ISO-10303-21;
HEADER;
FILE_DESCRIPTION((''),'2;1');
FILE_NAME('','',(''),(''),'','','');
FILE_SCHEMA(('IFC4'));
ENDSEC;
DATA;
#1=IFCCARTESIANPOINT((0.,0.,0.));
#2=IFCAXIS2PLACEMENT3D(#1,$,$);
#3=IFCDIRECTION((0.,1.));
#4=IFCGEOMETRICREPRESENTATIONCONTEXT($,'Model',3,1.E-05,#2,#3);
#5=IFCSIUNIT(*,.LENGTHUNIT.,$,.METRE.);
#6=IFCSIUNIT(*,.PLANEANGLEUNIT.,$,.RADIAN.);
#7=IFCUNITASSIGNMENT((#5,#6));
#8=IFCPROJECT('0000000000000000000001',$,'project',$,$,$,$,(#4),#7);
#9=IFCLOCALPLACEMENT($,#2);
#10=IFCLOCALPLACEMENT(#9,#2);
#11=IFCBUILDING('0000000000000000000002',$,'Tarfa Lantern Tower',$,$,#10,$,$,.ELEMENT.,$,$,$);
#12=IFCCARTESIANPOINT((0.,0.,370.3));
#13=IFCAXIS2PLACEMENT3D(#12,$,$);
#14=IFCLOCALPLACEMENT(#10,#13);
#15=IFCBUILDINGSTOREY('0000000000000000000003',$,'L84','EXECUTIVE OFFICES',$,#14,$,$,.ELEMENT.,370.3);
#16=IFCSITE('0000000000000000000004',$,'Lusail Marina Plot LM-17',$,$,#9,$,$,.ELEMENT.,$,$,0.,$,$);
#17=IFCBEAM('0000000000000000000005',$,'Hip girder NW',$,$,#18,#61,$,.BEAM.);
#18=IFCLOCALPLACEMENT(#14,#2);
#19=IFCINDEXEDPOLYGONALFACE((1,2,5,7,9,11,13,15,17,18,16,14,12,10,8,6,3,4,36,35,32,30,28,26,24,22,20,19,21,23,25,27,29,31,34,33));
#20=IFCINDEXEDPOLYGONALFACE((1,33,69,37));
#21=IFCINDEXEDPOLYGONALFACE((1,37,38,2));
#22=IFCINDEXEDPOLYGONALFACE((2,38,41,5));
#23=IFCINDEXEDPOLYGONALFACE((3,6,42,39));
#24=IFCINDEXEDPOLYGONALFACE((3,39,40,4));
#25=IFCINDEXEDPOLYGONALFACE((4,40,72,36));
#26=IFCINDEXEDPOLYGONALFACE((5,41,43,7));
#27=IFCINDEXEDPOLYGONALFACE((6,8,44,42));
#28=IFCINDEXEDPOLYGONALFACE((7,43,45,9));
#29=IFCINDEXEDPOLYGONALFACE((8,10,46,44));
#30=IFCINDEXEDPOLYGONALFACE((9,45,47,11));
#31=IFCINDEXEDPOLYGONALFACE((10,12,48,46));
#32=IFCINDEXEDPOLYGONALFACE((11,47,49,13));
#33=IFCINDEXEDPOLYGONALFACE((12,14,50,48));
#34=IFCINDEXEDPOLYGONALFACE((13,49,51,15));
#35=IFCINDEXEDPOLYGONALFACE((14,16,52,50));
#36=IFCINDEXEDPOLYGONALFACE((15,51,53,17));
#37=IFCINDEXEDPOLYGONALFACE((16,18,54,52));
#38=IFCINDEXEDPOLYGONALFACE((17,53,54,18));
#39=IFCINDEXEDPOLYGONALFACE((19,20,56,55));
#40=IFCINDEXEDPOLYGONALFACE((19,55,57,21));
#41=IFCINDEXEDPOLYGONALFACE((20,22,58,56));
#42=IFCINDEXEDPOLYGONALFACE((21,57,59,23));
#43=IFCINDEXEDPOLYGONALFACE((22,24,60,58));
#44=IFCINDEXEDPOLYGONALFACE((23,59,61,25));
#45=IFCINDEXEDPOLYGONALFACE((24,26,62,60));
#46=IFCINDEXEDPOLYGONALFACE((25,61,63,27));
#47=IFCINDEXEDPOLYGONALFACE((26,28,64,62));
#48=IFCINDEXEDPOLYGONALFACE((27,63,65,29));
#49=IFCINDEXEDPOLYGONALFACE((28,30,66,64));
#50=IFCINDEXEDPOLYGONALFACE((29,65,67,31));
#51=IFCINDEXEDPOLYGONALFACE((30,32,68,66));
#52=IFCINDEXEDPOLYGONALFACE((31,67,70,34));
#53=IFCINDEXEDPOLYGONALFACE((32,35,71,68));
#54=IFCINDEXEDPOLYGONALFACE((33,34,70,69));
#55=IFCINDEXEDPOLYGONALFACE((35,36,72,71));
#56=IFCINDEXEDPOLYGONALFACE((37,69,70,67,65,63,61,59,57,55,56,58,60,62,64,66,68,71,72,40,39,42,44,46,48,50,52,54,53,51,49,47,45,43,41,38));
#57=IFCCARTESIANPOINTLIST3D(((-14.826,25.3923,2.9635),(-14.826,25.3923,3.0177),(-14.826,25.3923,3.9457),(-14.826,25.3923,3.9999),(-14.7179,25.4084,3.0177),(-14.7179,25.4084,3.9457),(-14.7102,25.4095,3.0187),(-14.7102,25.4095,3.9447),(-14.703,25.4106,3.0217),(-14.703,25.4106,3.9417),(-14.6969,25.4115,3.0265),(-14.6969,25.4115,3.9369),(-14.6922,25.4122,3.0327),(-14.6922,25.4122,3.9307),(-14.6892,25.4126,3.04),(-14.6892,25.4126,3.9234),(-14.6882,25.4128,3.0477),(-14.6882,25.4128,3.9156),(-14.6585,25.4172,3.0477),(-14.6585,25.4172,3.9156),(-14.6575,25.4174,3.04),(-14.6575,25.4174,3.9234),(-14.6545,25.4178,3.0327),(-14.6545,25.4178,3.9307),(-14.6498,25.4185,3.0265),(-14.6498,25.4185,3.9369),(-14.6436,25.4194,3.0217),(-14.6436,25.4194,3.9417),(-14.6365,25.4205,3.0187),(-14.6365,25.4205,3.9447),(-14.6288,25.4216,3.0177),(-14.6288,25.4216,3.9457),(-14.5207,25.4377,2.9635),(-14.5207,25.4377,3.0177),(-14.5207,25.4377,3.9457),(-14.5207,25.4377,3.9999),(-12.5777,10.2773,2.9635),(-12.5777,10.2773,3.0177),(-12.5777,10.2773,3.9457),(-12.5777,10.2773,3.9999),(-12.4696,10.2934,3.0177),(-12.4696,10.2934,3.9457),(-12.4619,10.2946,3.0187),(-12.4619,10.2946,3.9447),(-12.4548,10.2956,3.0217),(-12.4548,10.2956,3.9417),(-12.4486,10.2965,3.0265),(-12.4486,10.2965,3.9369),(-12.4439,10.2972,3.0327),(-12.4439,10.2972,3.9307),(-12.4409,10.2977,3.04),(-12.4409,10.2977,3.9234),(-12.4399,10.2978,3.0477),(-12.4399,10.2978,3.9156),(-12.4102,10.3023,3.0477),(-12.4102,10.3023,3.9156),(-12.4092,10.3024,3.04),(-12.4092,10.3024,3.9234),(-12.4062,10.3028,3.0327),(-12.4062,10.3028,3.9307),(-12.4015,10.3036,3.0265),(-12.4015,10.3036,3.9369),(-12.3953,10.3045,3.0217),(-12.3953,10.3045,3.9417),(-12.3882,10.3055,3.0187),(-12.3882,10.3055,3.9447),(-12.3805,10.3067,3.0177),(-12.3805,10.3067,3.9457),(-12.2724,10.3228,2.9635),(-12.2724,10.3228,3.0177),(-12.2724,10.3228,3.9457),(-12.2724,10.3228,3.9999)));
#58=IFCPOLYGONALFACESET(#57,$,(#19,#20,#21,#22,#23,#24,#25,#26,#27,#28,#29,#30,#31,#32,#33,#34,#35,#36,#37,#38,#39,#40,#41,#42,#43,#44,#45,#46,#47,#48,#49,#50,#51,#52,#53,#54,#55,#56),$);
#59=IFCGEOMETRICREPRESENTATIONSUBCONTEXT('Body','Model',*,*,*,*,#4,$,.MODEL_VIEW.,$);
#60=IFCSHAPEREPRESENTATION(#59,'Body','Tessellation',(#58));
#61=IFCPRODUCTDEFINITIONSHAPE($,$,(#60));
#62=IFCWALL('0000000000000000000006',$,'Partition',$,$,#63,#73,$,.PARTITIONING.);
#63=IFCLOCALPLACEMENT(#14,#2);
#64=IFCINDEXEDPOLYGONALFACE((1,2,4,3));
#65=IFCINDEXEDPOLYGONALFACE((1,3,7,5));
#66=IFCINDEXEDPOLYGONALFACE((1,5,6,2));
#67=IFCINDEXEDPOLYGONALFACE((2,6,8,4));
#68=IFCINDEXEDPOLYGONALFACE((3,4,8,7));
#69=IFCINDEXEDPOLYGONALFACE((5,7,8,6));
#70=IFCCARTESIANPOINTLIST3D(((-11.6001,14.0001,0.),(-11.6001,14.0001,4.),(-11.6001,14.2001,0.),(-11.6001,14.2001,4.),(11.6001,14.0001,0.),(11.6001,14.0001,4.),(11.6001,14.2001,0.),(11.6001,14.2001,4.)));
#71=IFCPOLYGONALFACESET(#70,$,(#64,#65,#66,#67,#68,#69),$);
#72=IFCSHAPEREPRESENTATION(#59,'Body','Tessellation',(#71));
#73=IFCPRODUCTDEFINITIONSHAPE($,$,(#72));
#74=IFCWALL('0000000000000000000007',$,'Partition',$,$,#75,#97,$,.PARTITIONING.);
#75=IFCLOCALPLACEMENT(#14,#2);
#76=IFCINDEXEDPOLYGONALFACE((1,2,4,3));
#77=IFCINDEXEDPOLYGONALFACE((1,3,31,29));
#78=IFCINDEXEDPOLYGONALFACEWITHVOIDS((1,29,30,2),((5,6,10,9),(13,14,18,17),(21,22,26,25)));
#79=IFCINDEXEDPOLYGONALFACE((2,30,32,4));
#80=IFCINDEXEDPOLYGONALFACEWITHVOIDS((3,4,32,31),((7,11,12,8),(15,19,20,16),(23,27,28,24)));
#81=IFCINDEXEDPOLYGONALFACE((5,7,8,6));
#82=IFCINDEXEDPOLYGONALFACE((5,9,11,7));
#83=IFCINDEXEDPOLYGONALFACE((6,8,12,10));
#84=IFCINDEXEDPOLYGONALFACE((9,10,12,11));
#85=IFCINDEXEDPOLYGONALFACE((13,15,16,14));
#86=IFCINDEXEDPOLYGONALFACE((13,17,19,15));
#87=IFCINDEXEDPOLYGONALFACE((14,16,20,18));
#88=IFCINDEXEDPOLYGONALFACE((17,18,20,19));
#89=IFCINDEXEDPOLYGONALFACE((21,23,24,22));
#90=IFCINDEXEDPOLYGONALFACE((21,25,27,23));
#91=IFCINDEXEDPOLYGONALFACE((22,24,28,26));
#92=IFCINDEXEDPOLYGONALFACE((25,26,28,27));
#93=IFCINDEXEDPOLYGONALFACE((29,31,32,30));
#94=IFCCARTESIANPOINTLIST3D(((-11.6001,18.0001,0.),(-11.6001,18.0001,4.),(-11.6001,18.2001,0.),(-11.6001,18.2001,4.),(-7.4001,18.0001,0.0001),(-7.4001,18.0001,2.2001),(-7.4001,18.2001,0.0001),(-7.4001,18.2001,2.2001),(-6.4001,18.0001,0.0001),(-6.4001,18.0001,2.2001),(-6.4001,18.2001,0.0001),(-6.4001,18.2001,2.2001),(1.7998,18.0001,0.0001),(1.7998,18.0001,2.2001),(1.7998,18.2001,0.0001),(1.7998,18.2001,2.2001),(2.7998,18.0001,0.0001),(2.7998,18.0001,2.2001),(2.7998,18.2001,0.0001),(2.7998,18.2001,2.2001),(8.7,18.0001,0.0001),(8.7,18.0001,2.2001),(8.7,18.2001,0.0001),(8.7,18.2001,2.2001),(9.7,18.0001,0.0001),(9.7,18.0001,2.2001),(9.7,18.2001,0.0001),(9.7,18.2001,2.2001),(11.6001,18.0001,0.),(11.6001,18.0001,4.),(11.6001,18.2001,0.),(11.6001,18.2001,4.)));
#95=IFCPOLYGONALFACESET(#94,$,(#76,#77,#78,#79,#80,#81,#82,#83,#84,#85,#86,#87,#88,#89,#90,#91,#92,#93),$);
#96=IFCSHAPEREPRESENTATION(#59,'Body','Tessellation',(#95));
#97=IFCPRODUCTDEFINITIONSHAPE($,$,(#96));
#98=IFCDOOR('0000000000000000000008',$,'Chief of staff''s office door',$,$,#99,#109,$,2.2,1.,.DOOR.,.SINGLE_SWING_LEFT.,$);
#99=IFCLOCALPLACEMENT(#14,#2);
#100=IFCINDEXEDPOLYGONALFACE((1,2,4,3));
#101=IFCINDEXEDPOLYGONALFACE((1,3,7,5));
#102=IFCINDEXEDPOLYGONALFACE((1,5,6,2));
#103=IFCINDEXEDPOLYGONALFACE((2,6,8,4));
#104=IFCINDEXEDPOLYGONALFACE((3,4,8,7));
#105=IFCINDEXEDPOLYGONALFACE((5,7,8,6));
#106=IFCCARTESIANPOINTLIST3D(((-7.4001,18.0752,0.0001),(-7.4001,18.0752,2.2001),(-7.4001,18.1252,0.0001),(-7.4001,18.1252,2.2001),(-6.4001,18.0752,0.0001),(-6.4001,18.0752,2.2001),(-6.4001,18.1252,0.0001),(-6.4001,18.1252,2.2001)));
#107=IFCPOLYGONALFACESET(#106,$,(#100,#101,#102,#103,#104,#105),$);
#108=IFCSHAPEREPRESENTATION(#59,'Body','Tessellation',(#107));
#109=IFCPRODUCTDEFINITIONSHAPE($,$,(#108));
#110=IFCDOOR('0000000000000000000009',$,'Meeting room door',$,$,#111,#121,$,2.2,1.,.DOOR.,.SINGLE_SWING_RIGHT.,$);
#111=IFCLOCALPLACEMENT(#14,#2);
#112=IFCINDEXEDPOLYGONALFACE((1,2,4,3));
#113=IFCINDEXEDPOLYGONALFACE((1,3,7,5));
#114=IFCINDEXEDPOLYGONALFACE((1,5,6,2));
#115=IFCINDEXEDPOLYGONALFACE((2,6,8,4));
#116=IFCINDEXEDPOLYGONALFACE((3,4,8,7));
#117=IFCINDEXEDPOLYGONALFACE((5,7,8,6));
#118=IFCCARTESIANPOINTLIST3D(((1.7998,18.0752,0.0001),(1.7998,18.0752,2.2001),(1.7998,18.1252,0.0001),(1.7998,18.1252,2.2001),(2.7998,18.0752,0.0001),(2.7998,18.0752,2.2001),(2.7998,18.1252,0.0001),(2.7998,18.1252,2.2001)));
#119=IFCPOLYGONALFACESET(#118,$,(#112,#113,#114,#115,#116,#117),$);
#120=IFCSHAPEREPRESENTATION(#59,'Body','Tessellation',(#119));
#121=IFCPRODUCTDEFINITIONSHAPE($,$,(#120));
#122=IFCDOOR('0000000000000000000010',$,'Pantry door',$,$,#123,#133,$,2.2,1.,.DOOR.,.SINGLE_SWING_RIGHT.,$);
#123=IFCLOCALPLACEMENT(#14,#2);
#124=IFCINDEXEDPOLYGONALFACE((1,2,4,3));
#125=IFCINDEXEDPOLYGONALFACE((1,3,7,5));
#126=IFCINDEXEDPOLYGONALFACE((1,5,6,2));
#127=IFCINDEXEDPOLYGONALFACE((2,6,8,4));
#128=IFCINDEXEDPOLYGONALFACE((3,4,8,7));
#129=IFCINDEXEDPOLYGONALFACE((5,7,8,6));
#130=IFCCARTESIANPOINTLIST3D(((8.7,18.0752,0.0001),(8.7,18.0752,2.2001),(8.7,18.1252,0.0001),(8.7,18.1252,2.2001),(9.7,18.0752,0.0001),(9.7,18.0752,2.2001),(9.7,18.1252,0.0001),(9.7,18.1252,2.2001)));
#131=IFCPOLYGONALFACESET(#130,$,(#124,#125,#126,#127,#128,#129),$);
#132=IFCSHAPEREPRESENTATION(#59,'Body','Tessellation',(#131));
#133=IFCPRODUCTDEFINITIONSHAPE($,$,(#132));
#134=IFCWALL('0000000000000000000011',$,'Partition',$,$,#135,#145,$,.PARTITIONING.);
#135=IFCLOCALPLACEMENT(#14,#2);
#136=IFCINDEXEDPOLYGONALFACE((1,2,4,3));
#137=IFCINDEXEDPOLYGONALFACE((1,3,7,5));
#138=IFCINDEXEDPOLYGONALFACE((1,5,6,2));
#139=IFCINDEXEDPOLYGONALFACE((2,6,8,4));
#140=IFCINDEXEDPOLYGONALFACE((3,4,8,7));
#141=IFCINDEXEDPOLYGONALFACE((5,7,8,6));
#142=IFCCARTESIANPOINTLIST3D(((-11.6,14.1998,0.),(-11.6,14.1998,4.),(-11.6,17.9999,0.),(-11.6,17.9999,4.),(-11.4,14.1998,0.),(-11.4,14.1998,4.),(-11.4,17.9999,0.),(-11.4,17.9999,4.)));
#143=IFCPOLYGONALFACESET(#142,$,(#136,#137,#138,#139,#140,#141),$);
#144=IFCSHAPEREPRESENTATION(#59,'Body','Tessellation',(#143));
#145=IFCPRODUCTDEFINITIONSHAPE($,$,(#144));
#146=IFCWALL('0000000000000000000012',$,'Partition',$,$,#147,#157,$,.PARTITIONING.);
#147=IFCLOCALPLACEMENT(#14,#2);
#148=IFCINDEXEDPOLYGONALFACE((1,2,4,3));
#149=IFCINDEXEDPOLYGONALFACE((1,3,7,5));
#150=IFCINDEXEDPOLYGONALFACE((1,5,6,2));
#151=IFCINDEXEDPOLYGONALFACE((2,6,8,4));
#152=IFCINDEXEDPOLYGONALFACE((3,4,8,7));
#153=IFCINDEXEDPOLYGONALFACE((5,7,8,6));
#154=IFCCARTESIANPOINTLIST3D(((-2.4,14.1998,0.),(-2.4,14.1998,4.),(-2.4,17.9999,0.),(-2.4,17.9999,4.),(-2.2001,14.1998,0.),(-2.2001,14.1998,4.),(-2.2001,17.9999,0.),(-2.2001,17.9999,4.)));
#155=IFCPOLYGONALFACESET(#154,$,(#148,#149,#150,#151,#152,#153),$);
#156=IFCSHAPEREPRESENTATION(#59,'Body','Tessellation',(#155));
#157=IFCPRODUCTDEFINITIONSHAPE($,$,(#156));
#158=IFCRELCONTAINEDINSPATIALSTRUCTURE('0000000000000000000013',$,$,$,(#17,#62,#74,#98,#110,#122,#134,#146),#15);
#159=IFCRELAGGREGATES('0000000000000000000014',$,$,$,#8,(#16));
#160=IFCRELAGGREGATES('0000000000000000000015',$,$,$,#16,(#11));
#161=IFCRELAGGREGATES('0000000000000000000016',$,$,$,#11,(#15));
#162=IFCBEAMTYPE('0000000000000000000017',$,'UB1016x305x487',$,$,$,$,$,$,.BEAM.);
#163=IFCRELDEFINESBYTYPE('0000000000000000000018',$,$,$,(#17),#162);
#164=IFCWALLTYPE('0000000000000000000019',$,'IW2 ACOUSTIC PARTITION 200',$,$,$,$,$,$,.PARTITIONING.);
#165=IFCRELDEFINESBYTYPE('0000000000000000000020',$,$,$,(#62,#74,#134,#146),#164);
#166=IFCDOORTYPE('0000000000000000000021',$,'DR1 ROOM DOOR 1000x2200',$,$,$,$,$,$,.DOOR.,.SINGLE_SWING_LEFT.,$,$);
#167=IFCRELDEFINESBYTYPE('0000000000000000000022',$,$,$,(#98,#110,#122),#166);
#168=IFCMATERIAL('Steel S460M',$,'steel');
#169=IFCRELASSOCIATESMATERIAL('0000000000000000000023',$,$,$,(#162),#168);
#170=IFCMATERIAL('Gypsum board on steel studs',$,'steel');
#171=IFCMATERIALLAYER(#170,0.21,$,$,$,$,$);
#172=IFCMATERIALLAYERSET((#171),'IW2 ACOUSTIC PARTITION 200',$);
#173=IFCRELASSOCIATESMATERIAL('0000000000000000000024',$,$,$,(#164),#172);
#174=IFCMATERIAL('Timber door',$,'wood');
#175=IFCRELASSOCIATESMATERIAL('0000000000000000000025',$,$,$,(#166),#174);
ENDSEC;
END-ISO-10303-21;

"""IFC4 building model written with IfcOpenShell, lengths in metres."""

from ifc_helpers import new_model, si_unit, direction, frame, frame_2d, origin, origin_2d, place, context, subcontext, project, spatial, rectangle, i_section, extrude, material, layer, layer_set, material_profile, profile_set, type_object, element, fill, save


model = new_model("IFC4")

# Units and contexts
model_context = context("Model", 3, precision=1e-05, world=origin(), true_north=direction((0.0, 1.0)))
body_context = subcontext(model_context, "Body", "Model", "MODEL_VIEW")
ifc_project = project(units=[si_unit("LENGTHUNIT", "METRE"), si_unit("PLANEANGLEUNIT", "RADIAN")], contexts=[model_context])

# Site, building, storey
site_placement = place(None, origin())
site = spatial("IfcSite", under=ifc_project, at=site_placement, Name="Lusail Marina Plot LM-17", CompositionType="ELEMENT", RefElevation=0.0)
building_placement = place(site_placement, origin())
building = spatial("IfcBuilding", under=site, at=building_placement, Name="Tarfa Lantern Tower", CompositionType="ELEMENT")
storey_placement = place(building_placement, frame((0.0, 0.0, 370.3)))
storey = spatial("IfcBuildingStorey", under=building, at=storey_placement, Name="L84", Description="EXECUTIVE OFFICES", CompositionType="ELEMENT", Elevation=370.3)

# Beam
ifc_material_1 = material(Name="Steel S460M", Category="steel")
ifc_material_profile = material_profile(ifc_material_1, i_section(OverallWidth=0.3086, OverallDepth=1.0364, WebThickness=0.03, FlangeThickness=0.0542, FilletRadius=0.03, at=origin_2d()), Name="UB1016x305x487")
ifc_profile_set = profile_set([ifc_material_profile], Name="Steel S460M")
beam_type = type_object("IfcBeamType", Name="UB1016x305x487", PredefinedType="BEAM", material=ifc_profile_set)
beam_placement = place(storey_placement, frame((-12.425, 10.3, 3.4817), z_axis=(-0.147127, 0.989118, 0.0), x_axis=(-0.989118, -0.147127, 0.0)))
element("IfcBeam", 1, at=beam_placement, inside=storey, type_object=beam_type, Name="Hip girder NW", PredefinedType="BEAM", context=body_context, shape_type="SweptSolid", body=[
    extrude(i_section(OverallWidth=0.3086, OverallDepth=1.0364, WebThickness=0.03, FlangeThickness=0.0542, FilletRadius=0.03, at=origin_2d()), origin(), (0.0, 0.0, 1.0), 15.2812),
])

# Wall
ifc_material_2 = material(Name="Gypsum board on steel studs", Category="steel")
ifc_layer_1 = layer(ifc_material_2, 0.21)
ifc_layer_set_1 = layer_set([ifc_layer_1], Name="IW2 ACOUSTIC PARTITION 200")
wall_type_1 = type_object("IfcWallType", Name="IW2 ACOUSTIC PARTITION 200", PredefinedType="PARTITIONING", material=ifc_layer_set_1)
wall_1_placement = place(storey_placement, frame((-11.6001, 14.1001, 0.0), z_axis=(0.0, 0.0, 1.0), x_axis=(1.0, 0.0, 0.0)))
element("IfcWall", 2, at=wall_1_placement, inside=storey, type_object=wall_type_1, Name="Partition", PredefinedType="PARTITIONING", context=body_context, shape_type="SweptSolid", body=[
    extrude(rectangle(XDim=23.2002, YDim=0.2, at=frame_2d((11.6001, 0.0))), origin(), (0.0, 0.0, 1.0), 4.0),
])

# Wall, openings, doors
wall_2_placement = place(storey_placement, frame((-11.6001, 18.1001, 0.0), z_axis=(0.0, 0.0, 1.0), x_axis=(1.0, 0.0, 0.0)))
wall_2 = element("IfcWall", 3, at=wall_2_placement, inside=storey, type_object=wall_type_1, Name="Partition", PredefinedType="PARTITIONING", context=body_context, shape_type="SweptSolid", body=[
    extrude(rectangle(XDim=23.2002, YDim=0.2, at=frame_2d((11.6001, 0.0))), origin(), (0.0, 0.0, 1.0), 4.0),
])
opening_1_placement = place(wall_2_placement, frame((4.2, 0.0, 0.0)))
opening_1 = element("IfcOpeningElement", 4, at=opening_1_placement, cuts=wall_2, PredefinedType="OPENING", context=body_context, shape_type="SweptSolid", body=[
    extrude(rectangle(XDim=1.0, YDim=2.2, at=frame_2d((0.5, 1.1001))), frame((0.0, 0.1099, 0.0), z_axis=(0.0, -1.0, 0.0), x_axis=(1.0, 0.0, 0.0)), (0.0, 0.0, 1.0), 0.22),
])
opening_2_placement = place(wall_2_placement, frame((13.3999, 0.0, 0.0)))
opening_2 = element("IfcOpeningElement", 5, at=opening_2_placement, cuts=wall_2, PredefinedType="OPENING", context=body_context, shape_type="SweptSolid", body=[
    extrude(rectangle(XDim=1.0, YDim=2.2, at=frame_2d((0.5, 1.1001))), frame((0.0, 0.1099, 0.0), z_axis=(0.0, -1.0, 0.0), x_axis=(1.0, 0.0, 0.0)), (0.0, 0.0, 1.0), 0.22),
])
opening_3_placement = place(wall_2_placement, frame((20.3, 0.0, 0.0)))
opening_3 = element("IfcOpeningElement", 6, at=opening_3_placement, cuts=wall_2, PredefinedType="OPENING", context=body_context, shape_type="SweptSolid", body=[
    extrude(rectangle(XDim=1.0, YDim=2.2, at=frame_2d((0.5, 1.1001))), frame((0.0, 0.1099, 0.0), z_axis=(0.0, -1.0, 0.0), x_axis=(1.0, 0.0, 0.0)), (0.0, 0.0, 1.0), 0.22),
])
ifc_material_3 = material(Name="Timber door", Category="wood")
door_type_1 = type_object("IfcDoorType", Name="DR1 ROOM DOOR 1000x2200", OperationType="SINGLE_SWING_LEFT", PredefinedType="DOOR", material=ifc_material_3)
door_1_placement = place(opening_1_placement, frame((1.0, 0.0, 0.0), z_axis=(0.0, 0.0, 1.0), x_axis=(-1.0, 0.0, 0.0)))
door_1 = element("IfcDoor", 7, at=door_1_placement, inside=storey, type_object=door_type_1, Name="Chief of staff's office door", OperationType="SINGLE_SWING_LEFT", OverallHeight=2.2, OverallWidth=1.0, PredefinedType="DOOR", context=body_context, shape_type="SweptSolid", body=[
    extrude(rectangle(XDim=1.0, YDim=2.2, at=frame_2d((0.5, 1.1001))), frame((0.0, 0.0249, 0.0), z_axis=(0.0, -1.0, 0.0), x_axis=(1.0, 0.0, 0.0)), (0.0, 0.0, 1.0), 0.05),
])
fill(opening_1, door_1)
door_2_placement = place(opening_2_placement, frame((1.0, 0.0, 0.0), z_axis=(0.0, 0.0, 1.0), x_axis=(-1.0, 0.0, 0.0)))
door_2 = element("IfcDoor", 8, at=door_2_placement, inside=storey, type_object=door_type_1, Name="Meeting room door", OperationType="SINGLE_SWING_RIGHT", OverallHeight=2.2, OverallWidth=1.0, PredefinedType="DOOR", context=body_context, shape_type="SweptSolid", body=[
    extrude(rectangle(XDim=1.0, YDim=2.2, at=frame_2d((0.5, 1.1001))), frame((0.0, 0.0249, 0.0), z_axis=(0.0, -1.0, 0.0), x_axis=(1.0, 0.0, 0.0)), (0.0, 0.0, 1.0), 0.05),
])
fill(opening_2, door_2)
door_3_placement = place(opening_3_placement, frame((1.0, 0.0, 0.0), z_axis=(0.0, 0.0, 1.0), x_axis=(-1.0, 0.0, 0.0)))
door_3 = element("IfcDoor", 9, at=door_3_placement, inside=storey, type_object=door_type_1, Name="Pantry door", OperationType="SINGLE_SWING_RIGHT", OverallHeight=2.2, OverallWidth=1.0, PredefinedType="DOOR", context=body_context, shape_type="SweptSolid", body=[
    extrude(rectangle(XDim=1.0, YDim=2.2, at=frame_2d((0.5, 1.1001))), frame((0.0, 0.0249, 0.0), z_axis=(0.0, -1.0, 0.0), x_axis=(1.0, 0.0, 0.0)), (0.0, 0.0, 1.0), 0.05),
])
fill(opening_3, door_3)

# Walls
for number, where, z_axis, x_axis, name in (
    (10, (-11.5, 14.2, 0.0), (0.0, 0.0, 1.0), (0.0, 1.0, 0.0), "Partition"),
    (11, (-2.3, 14.2, 0.0), (0.0, 0.0, 1.0), (0.0, 1.0, 0.0), "Partition"),
):
    element("IfcWall", number, at=place(storey_placement, frame(where, z_axis=z_axis, x_axis=x_axis)), inside=storey, type_object=wall_type_1, Name=name, PredefinedType="PARTITIONING", context=body_context, shape_type="SweptSolid", body=[
        extrude(rectangle(XDim=3.8, YDim=0.2, at=frame_2d((1.8999, 0.0))), origin(), (0.0, 0.0, 1.0), 4.0),
    ])

save(model, "model.ifc")
